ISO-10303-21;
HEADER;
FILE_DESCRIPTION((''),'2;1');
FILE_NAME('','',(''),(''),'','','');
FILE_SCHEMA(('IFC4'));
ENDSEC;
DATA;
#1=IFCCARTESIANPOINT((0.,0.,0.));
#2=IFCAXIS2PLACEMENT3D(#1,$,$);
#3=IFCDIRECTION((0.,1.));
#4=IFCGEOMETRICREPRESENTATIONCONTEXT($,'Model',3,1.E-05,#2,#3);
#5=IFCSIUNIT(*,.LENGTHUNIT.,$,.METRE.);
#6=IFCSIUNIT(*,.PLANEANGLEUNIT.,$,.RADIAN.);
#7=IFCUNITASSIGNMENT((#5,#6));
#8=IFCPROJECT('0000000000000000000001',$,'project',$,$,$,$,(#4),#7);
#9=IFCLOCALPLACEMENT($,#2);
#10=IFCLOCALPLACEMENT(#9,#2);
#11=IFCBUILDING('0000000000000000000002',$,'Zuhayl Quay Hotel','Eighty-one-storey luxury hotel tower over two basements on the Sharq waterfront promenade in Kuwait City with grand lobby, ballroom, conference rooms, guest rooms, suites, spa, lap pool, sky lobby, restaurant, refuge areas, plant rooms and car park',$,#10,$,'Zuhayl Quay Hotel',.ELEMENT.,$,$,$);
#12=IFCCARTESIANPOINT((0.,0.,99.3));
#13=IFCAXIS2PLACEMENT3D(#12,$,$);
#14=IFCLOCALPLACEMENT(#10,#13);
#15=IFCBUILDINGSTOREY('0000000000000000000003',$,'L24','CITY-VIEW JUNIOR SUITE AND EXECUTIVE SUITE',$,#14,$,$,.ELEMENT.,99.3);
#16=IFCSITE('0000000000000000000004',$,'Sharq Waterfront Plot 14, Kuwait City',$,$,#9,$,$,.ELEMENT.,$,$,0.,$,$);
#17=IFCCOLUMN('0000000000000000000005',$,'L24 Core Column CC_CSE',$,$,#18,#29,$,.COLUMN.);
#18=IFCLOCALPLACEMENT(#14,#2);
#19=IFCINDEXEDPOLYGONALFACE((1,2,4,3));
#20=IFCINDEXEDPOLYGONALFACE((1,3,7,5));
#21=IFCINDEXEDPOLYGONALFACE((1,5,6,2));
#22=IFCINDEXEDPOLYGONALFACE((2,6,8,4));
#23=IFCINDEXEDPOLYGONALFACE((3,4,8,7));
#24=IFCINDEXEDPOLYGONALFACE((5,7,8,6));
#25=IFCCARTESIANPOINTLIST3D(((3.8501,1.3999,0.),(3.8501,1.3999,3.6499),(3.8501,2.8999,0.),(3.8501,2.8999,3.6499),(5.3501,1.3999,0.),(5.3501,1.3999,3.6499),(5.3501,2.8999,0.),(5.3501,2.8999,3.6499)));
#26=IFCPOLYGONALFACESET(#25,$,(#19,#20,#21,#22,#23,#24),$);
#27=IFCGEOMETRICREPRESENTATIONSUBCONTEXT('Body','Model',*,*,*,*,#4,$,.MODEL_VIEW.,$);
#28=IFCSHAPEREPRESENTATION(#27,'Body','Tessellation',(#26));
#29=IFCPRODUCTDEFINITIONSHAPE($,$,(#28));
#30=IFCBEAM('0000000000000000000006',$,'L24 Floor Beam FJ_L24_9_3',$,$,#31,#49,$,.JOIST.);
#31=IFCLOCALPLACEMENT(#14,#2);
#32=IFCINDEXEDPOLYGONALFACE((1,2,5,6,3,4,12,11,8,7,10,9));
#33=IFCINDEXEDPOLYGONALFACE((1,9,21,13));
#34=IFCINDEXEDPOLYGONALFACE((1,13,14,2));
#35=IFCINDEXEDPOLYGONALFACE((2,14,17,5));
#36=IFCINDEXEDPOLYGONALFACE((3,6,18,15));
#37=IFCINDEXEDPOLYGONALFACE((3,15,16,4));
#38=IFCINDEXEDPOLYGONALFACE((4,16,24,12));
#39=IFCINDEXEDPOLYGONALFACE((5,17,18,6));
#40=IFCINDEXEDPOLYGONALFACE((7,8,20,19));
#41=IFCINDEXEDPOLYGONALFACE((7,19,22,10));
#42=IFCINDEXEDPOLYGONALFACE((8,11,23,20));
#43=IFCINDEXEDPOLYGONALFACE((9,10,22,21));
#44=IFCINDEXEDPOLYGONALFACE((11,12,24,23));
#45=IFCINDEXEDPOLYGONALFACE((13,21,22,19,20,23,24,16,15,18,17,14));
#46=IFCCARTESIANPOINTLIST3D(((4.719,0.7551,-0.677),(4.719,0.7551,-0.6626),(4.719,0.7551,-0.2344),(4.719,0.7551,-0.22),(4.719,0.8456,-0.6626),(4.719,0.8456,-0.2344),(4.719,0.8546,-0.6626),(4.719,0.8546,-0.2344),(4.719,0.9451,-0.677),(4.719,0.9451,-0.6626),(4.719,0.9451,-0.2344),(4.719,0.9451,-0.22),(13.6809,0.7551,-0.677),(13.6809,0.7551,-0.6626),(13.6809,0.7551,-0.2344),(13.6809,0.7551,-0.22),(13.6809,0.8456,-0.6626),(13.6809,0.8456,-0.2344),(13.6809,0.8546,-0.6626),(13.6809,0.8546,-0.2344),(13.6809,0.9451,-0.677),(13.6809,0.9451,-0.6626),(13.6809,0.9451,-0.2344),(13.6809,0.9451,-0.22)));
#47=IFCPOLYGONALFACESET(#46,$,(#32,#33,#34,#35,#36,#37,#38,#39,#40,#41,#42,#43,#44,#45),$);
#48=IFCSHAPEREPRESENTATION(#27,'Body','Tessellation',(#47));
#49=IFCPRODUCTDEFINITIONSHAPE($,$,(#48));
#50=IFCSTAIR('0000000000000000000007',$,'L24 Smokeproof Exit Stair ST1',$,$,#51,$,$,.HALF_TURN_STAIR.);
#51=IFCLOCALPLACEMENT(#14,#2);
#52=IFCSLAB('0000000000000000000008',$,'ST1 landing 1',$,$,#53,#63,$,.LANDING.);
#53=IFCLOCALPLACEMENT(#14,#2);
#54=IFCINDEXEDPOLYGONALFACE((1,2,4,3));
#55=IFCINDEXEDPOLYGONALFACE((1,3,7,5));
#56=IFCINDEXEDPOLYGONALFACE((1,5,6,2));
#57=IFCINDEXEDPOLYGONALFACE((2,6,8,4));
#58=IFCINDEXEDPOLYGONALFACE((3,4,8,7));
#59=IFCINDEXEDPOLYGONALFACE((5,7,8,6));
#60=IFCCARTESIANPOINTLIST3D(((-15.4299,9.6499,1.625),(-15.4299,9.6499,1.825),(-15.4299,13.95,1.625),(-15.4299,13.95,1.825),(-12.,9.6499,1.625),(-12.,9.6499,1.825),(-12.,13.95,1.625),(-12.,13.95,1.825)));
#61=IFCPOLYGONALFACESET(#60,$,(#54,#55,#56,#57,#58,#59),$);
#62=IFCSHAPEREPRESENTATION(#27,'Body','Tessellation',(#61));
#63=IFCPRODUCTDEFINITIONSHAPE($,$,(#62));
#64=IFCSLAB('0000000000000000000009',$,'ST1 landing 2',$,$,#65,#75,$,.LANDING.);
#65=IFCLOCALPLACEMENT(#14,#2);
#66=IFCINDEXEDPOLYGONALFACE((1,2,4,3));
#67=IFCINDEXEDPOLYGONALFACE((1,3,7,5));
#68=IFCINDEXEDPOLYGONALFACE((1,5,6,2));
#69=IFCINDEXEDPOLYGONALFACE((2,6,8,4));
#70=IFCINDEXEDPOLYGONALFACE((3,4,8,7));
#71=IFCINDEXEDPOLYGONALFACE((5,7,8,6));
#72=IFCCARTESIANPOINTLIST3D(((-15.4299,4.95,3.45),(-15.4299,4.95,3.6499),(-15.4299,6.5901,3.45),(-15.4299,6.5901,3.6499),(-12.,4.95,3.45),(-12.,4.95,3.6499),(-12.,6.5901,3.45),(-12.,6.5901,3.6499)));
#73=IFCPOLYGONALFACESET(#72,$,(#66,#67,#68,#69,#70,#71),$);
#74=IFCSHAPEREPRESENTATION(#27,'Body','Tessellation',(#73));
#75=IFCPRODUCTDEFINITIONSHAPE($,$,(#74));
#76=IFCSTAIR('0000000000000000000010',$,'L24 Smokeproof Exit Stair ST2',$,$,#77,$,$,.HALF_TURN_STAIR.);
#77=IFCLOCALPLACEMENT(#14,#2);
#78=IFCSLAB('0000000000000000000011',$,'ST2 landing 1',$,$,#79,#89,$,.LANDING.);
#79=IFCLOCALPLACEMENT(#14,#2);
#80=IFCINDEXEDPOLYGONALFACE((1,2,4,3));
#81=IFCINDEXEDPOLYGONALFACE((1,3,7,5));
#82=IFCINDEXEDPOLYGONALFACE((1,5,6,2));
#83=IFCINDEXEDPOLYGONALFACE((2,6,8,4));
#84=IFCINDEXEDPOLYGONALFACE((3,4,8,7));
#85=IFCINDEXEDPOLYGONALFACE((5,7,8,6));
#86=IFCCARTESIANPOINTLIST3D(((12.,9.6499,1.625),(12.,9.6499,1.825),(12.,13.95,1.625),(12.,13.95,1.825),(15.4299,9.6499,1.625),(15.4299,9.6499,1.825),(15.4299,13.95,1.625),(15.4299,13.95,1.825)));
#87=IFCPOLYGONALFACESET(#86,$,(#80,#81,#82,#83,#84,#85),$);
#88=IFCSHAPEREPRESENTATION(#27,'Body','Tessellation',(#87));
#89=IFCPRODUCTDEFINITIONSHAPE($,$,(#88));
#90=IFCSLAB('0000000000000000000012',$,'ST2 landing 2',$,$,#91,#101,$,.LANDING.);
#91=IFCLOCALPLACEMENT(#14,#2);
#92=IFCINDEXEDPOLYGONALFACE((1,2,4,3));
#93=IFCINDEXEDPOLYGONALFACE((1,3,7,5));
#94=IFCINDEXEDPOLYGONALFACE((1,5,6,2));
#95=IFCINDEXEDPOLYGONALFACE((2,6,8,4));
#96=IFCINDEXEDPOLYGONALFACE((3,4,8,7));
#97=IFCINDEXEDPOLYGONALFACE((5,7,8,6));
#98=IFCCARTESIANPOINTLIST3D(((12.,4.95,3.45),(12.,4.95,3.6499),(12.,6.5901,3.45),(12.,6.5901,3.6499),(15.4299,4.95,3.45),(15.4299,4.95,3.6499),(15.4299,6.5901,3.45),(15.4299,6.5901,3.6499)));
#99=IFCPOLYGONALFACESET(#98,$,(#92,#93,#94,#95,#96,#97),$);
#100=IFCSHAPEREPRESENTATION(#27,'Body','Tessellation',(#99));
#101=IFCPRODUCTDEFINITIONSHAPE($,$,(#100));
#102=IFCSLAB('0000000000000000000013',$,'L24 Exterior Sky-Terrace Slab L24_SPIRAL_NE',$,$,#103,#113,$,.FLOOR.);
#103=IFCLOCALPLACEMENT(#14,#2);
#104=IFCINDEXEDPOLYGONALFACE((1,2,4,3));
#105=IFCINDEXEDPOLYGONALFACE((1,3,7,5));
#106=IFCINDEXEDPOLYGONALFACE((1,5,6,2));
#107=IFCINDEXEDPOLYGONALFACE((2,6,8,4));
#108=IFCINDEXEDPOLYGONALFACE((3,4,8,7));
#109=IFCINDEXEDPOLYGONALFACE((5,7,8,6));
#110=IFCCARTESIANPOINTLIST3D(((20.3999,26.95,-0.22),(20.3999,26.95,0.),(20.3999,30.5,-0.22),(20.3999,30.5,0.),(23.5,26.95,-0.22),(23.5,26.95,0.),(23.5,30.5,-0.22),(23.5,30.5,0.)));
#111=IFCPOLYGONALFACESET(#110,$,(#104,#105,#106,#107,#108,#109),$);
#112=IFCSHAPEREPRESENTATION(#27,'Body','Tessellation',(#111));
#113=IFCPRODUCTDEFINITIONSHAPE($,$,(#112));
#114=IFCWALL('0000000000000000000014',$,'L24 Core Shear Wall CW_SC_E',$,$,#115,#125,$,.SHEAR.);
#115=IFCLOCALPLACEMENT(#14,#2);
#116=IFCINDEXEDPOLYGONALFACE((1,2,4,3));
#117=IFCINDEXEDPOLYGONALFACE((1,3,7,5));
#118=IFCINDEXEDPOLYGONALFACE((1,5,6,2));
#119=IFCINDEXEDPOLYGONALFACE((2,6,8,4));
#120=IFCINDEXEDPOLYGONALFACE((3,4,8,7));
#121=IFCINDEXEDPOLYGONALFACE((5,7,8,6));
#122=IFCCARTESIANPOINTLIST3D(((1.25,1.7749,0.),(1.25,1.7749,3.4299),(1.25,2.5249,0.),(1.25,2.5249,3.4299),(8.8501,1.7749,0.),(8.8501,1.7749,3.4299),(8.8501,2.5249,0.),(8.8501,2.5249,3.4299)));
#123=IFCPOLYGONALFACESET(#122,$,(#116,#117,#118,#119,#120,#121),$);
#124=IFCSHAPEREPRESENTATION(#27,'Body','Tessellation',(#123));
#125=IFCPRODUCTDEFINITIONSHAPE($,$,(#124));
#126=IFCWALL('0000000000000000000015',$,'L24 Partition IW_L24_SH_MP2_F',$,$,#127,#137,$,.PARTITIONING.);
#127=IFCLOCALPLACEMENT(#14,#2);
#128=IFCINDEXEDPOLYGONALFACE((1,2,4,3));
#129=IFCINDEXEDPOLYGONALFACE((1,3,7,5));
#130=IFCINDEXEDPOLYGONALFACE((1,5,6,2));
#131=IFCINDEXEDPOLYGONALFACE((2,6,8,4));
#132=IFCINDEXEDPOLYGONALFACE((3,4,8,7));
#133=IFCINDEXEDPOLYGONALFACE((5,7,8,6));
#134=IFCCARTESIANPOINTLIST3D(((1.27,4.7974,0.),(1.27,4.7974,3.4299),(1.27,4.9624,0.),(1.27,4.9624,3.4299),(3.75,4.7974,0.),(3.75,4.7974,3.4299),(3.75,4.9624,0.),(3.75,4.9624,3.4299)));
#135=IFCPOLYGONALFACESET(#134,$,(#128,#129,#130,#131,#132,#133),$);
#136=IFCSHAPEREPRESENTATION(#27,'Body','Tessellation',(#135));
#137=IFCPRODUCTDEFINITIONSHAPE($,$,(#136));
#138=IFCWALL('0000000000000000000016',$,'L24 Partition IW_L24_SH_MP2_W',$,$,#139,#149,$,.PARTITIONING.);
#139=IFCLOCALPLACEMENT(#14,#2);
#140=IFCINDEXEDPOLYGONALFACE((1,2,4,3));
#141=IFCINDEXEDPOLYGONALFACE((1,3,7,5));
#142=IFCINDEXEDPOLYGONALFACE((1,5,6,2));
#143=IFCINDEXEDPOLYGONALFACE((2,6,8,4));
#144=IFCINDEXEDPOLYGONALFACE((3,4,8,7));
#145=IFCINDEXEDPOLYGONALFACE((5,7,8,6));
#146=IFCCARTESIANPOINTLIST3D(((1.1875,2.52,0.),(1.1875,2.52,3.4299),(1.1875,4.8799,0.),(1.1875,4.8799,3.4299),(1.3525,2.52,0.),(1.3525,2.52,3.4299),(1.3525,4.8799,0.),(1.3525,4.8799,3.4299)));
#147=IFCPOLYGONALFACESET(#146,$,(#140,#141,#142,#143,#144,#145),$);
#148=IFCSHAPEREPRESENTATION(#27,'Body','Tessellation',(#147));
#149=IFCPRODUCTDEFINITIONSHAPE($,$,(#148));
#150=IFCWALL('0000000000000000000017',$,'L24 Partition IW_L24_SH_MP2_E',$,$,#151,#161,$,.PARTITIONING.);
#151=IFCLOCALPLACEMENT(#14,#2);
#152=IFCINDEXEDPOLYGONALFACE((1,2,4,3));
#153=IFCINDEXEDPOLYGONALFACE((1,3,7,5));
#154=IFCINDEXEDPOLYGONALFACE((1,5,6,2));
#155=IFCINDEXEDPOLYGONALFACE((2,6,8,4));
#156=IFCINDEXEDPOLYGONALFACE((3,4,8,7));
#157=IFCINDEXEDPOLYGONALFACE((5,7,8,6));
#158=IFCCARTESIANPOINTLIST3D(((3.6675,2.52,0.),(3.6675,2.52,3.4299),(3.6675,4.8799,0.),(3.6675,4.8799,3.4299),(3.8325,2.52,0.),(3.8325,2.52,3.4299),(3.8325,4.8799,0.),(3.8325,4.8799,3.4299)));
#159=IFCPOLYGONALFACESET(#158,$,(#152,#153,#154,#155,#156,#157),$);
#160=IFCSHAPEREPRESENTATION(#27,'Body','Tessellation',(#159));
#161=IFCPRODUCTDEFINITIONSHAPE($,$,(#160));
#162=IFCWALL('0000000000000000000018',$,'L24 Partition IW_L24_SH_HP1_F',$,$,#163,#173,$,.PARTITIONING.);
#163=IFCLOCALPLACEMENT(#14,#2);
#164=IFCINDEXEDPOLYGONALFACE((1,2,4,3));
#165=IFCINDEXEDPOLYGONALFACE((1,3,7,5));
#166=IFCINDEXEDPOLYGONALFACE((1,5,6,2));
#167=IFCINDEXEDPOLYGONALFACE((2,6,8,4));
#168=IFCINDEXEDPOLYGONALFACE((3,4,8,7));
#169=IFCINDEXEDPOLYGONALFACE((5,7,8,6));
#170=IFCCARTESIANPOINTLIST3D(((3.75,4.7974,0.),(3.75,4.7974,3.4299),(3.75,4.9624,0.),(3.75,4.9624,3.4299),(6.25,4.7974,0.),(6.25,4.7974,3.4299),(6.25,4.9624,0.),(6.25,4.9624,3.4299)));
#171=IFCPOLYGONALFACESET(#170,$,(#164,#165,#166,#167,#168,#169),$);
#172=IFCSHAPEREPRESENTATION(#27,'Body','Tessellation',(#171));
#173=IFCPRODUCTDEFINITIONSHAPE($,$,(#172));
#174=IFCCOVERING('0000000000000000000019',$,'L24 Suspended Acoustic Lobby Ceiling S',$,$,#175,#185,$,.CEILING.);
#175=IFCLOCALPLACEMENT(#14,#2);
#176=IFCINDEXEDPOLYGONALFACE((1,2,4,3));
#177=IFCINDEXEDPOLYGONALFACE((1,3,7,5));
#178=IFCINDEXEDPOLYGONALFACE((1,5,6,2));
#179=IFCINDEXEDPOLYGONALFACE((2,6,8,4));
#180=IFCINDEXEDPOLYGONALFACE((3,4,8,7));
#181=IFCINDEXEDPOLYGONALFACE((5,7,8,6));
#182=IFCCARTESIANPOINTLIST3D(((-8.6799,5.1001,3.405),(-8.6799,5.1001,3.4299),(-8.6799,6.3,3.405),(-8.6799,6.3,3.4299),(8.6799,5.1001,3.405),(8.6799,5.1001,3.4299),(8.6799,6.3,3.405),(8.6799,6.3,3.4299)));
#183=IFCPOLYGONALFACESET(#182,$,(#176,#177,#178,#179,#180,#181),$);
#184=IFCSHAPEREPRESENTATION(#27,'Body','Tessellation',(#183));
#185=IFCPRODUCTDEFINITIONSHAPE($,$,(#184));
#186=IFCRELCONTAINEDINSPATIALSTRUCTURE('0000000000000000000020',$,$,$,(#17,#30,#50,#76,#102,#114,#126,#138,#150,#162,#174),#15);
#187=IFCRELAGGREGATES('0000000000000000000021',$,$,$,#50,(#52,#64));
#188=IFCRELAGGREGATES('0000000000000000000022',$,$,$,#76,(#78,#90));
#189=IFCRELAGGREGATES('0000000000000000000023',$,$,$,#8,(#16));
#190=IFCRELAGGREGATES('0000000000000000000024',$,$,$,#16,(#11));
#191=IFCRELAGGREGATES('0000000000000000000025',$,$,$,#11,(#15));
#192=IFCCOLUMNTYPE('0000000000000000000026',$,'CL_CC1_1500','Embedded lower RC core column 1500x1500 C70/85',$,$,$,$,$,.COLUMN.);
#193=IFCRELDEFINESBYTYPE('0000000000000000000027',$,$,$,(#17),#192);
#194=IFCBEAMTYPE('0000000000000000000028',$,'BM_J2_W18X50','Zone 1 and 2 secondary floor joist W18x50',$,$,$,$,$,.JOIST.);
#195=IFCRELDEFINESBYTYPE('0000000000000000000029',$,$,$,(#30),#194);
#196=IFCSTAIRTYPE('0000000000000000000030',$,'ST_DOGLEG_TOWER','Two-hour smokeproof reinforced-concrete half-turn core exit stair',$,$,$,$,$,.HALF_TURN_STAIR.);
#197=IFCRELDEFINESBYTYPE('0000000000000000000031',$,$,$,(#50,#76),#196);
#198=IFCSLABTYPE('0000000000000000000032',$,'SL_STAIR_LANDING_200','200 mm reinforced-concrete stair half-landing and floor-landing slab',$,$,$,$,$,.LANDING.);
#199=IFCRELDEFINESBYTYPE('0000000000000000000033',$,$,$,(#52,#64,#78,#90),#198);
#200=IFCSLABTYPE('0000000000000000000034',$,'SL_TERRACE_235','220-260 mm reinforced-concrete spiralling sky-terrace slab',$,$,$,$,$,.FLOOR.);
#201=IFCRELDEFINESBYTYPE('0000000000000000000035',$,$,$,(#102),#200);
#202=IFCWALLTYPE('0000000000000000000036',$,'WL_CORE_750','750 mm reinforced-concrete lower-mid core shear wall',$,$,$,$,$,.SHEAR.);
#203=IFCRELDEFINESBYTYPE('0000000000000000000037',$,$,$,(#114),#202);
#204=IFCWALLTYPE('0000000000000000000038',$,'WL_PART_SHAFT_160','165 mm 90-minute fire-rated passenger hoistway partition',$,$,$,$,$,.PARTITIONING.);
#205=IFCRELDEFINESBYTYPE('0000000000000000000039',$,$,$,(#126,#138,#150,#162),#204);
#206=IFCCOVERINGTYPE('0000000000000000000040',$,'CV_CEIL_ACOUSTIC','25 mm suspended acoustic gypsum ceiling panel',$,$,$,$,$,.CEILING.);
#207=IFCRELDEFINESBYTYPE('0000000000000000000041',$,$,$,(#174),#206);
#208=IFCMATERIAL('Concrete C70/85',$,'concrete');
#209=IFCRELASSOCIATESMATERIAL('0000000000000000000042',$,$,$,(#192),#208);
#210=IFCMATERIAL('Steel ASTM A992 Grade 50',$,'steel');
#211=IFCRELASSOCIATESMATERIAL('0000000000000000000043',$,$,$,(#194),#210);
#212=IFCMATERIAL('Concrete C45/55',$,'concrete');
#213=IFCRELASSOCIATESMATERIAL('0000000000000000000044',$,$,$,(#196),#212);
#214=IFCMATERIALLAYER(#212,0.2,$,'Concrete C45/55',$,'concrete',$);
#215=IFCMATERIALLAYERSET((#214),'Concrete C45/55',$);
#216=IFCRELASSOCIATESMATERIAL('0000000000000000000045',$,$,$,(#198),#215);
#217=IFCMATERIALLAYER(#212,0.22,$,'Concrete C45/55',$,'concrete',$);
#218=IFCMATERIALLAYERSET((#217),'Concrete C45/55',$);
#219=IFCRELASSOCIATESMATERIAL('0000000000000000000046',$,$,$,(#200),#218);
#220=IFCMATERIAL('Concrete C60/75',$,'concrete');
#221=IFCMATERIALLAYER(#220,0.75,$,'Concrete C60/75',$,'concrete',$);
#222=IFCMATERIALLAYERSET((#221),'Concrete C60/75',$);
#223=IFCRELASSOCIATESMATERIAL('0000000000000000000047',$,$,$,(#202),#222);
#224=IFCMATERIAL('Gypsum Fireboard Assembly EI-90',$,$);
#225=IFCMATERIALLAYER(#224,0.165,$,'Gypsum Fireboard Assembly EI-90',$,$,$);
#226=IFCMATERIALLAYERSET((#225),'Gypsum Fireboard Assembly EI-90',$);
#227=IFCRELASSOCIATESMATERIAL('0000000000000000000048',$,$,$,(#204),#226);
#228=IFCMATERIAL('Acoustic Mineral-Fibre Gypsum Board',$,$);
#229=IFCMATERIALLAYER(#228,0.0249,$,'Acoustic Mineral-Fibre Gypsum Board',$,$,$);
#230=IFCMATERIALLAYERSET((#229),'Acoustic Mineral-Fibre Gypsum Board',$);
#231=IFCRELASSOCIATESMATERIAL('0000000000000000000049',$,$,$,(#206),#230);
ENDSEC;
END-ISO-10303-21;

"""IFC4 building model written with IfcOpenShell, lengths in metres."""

from ifc_helpers import new_model, si_unit, direction, frame, frame_2d, origin, origin_2d, place, context, subcontext, project, spatial, polyline, rectangle, i_section, outline, extrude, material, layer, layer_set, material_profile, profile_set, type_object, element, aggregate, save


model = new_model("IFC4")

# Units and contexts
model_context = context("Model", 3, precision=1e-05, world=origin(), true_north=direction((0.0, 1.0)))
body_context = subcontext(model_context, "Body", "Model", "MODEL_VIEW")
ifc_project = project(units=[si_unit("LENGTHUNIT", "METRE"), si_unit("PLANEANGLEUNIT", "RADIAN")], contexts=[model_context])

# Site, building, storey
site_placement = place(None, origin())
site = spatial("IfcSite", under=ifc_project, at=site_placement, Name="Sharq Waterfront Plot 14, Kuwait City", CompositionType="ELEMENT", RefElevation=0.0)
building_placement = place(site_placement, origin())
building = spatial("IfcBuilding", under=site, at=building_placement, Name="Zuhayl Quay Hotel", Description="Eighty-one-storey luxury hotel tower over two basements on the Sharq waterfront promenade in Kuwait City with grand lobby, ballroom, conference rooms, guest rooms, suites, spa, lap pool, sky lobby, restaurant, refuge areas, plant rooms and car park", LongName="Zuhayl Quay Hotel", CompositionType="ELEMENT")
storey_placement = place(building_placement, frame((0.0, 0.0, 99.3)))
storey = spatial("IfcBuildingStorey", under=building, at=storey_placement, Name="L24", Description="CITY-VIEW JUNIOR SUITE AND EXECUTIVE SUITE", CompositionType="ELEMENT", Elevation=99.3)

# Column
ifc_material_1 = material(Name="Concrete C70/85", Category="concrete")
ifc_material_profile_1 = material_profile(ifc_material_1, rectangle(XDim=1.5, YDim=1.5, at=origin_2d()), Name="RC1500X1500")
ifc_profile_set_1 = profile_set([ifc_material_profile_1], Name="Concrete C70/85")
column_type = type_object("IfcColumnType", Name="CL_CC1_1500", Description="Embedded lower RC core column 1500x1500 C70/85", PredefinedType="COLUMN", material=ifc_profile_set_1)
column_placement = place(storey_placement, frame((4.6001, 2.1499, 0.0), z_axis=(0.0, 0.0, 1.0), x_axis=(1.0, 0.0, 0.0)))
element("IfcColumn", 1, at=column_placement, inside=storey, type_object=column_type, Name="L24 Core Column CC_CSE", PredefinedType="COLUMN", context=body_context, shape_type="SweptSolid", body=[
    extrude(rectangle(XDim=1.5, YDim=1.5, at=origin_2d()), origin(), (0.0, 0.0, 1.0), 3.6499),
])

# Beam
ifc_material_2 = material(Name="Steel ASTM A992 Grade 50", Category="steel")
ifc_material_profile_2 = material_profile(ifc_material_2, i_section(OverallWidth=0.1899, OverallDepth=0.457, WebThickness=0.009, FlangeThickness=0.0144, at=origin_2d()), Name="W18X50")
ifc_profile_set_2 = profile_set([ifc_material_profile_2], Name="Steel ASTM A992 Grade 50")
beam_type = type_object("IfcBeamType", Name="BM_J2_W18X50", Description="Zone 1 and 2 secondary floor joist W18x50", PredefinedType="JOIST", material=ifc_profile_set_2)
beam_placement = place(storey_placement, frame((4.719, 0.8501, -0.4485), z_axis=(1.0, 0.0, 0.0), x_axis=(0.0, 1.0, 0.0)))
element("IfcBeam", 2, at=beam_placement, inside=storey, type_object=beam_type, Name="L24 Floor Beam FJ_L24_9_3", PredefinedType="JOIST", context=body_context, shape_type="SweptSolid", body=[
    extrude(i_section(OverallWidth=0.1899, OverallDepth=0.457, WebThickness=0.009, FlangeThickness=0.0144, at=origin_2d()), origin(), (0.0, 0.0, 1.0), 8.9619),
])

# Stairs, slabs
ifc_material_3 = material(Name="Concrete C45/55", Category="concrete")
stair_type = type_object("IfcStairType", Name="ST_DOGLEG_TOWER", Description="Two-hour smokeproof reinforced-concrete half-turn core exit stair", PredefinedType="HALF_TURN_STAIR", material=ifc_material_3)
stair_1_placement = place(storey_placement, origin())
stair_1 = element("IfcStair", 3, at=stair_1_placement, inside=storey, type_object=stair_type, Name="L24 Smokeproof Exit Stair ST1", PredefinedType="HALF_TURN_STAIR")
ifc_layer_1 = layer(ifc_material_3, 0.2, Name="Concrete C45/55", Category="concrete")
ifc_layer_set_1 = layer_set([ifc_layer_1], Name="Concrete C45/55")
slab_type_1 = type_object("IfcSlabType", Name="SL_STAIR_LANDING_200", Description="200 mm reinforced-concrete stair half-landing and floor-landing slab", PredefinedType="LANDING", material=ifc_layer_set_1)
slab_1_placement = place(storey_placement, frame((0.0, 0.0, 1.625)))
slab_1 = element("IfcSlab", 4, at=slab_1_placement, type_object=slab_type_1, Name="ST1 landing 1", PredefinedType="LANDING", context=body_context, shape_type="SweptSolid", body=[
    extrude(outline(polyline([(-12.0, 9.6499), (-12.0, 13.95), (-15.4299, 13.95), (-15.4299, 9.6499), (-12.0, 9.6499)])), origin(), (0.0, 0.0, 1.0), 0.2),
])
slab_2_placement = place(storey_placement, frame((0.0, 0.0, 3.45)))
slab_2 = element("IfcSlab", 5, at=slab_2_placement, type_object=slab_type_1, Name="ST1 landing 2", PredefinedType="LANDING", context=body_context, shape_type="SweptSolid", body=[
    extrude(outline(polyline([(-12.0, 4.95), (-12.0, 6.5901), (-15.4299, 6.5901), (-15.4299, 4.95), (-12.0, 4.95)])), origin(), (0.0, 0.0, 1.0), 0.2),
])
aggregate(stair_1, [slab_1, slab_2])
stair_2_placement = place(storey_placement, origin())
stair_2 = element("IfcStair", 6, at=stair_2_placement, inside=storey, type_object=stair_type, Name="L24 Smokeproof Exit Stair ST2", PredefinedType="HALF_TURN_STAIR")
slab_3_placement = place(storey_placement, frame((0.0, 0.0, 1.625)))
slab_3 = element("IfcSlab", 7, at=slab_3_placement, type_object=slab_type_1, Name="ST2 landing 1", PredefinedType="LANDING", context=body_context, shape_type="SweptSolid", body=[
    extrude(outline(polyline([(15.4299, 9.6499), (15.4299, 13.95), (12.0, 13.95), (12.0, 9.6499), (15.4299, 9.6499)])), origin(), (0.0, 0.0, 1.0), 0.2),
])
slab_4_placement = place(storey_placement, frame((0.0, 0.0, 3.45)))
slab_4 = element("IfcSlab", 8, at=slab_4_placement, type_object=slab_type_1, Name="ST2 landing 2", PredefinedType="LANDING", context=body_context, shape_type="SweptSolid", body=[
    extrude(outline(polyline([(15.4299, 4.95), (15.4299, 6.5901), (12.0, 6.5901), (12.0, 4.95), (15.4299, 4.95)])), origin(), (0.0, 0.0, 1.0), 0.2),
])
aggregate(stair_2, [slab_3, slab_4])

# Slab
ifc_layer_2 = layer(ifc_material_3, 0.22, Name="Concrete C45/55", Category="concrete")
ifc_layer_set_2 = layer_set([ifc_layer_2], Name="Concrete C45/55")
slab_type_2 = type_object("IfcSlabType", Name="SL_TERRACE_235", Description="220-260 mm reinforced-concrete spiralling sky-terrace slab", PredefinedType="FLOOR", material=ifc_layer_set_2)
slab_5_placement = place(storey_placement, frame((0.0, 0.0, -0.22)))
element("IfcSlab", 9, at=slab_5_placement, inside=storey, type_object=slab_type_2, Name="L24 Exterior Sky-Terrace Slab L24_SPIRAL_NE", PredefinedType="FLOOR", context=body_context, shape_type="SweptSolid", body=[
    extrude(outline(polyline([(20.3999, 26.95), (23.5, 26.95), (23.5, 30.5), (20.3999, 30.5), (20.3999, 26.95)])), origin(), (0.0, 0.0, 1.0), 0.22),
])

# Walls
ifc_material_4 = material(Name="Concrete C60/75", Category="concrete")
ifc_layer_3 = layer(ifc_material_4, 0.75, Name="Concrete C60/75", Category="concrete")
ifc_layer_set_3 = layer_set([ifc_layer_3], Name="Concrete C60/75")
wall_type_1 = type_object("IfcWallType", Name="WL_CORE_750", Description="750 mm reinforced-concrete lower-mid core shear wall", PredefinedType="SHEAR", material=ifc_layer_set_3)
wall_1_placement = place(storey_placement, frame((1.25, 2.1499, 0.0), z_axis=(0.0, 0.0, 1.0), x_axis=(1.0, 0.0, 0.0)))
element("IfcWall", 10, at=wall_1_placement, inside=storey, type_object=wall_type_1, Name="L24 Core Shear Wall CW_SC_E", PredefinedType="SHEAR", context=body_context, shape_type="SweptSolid", body=[
    extrude(rectangle(XDim=7.6001, YDim=0.75, at=frame_2d((3.8, 0.0))), origin(), (0.0, 0.0, 1.0), 3.4299),
])
ifc_material_5 = material(Name="Gypsum Fireboard Assembly EI-90")
ifc_layer_4 = layer(ifc_material_5, 0.165, Name="Gypsum Fireboard Assembly EI-90")
ifc_layer_set_4 = layer_set([ifc_layer_4], Name="Gypsum Fireboard Assembly EI-90")
wall_type_2 = type_object("IfcWallType", Name="WL_PART_SHAFT_160", Description="165 mm 90-minute fire-rated passenger hoistway partition", PredefinedType="PARTITIONING", material=ifc_layer_set_4)
wall_2_placement = place(storey_placement, frame((1.27, 4.8799, 0.0), z_axis=(0.0, 0.0, 1.0), x_axis=(1.0, 0.0, 0.0)))
element("IfcWall", 11, at=wall_2_placement, inside=storey, type_object=wall_type_2, Name="L24 Partition IW_L24_SH_MP2_F", PredefinedType="PARTITIONING", context=body_context, shape_type="SweptSolid", body=[
    extrude(rectangle(XDim=2.48, YDim=0.165, at=frame_2d((1.24, 0.0))), origin(), (0.0, 0.0, 1.0), 3.4299),
])
for number, where, z_axis, x_axis, name in (
    (12, (1.27, 2.52, 0.0), (0.0, 0.0, 1.0), (0.0, 1.0, 0.0), "L24 Partition IW_L24_SH_MP2_W"),
    (13, (3.75, 2.52, 0.0), (0.0, 0.0, 1.0), (0.0, 1.0, 0.0), "L24 Partition IW_L24_SH_MP2_E"),
):
    element("IfcWall", number, at=place(storey_placement, frame(where, z_axis=z_axis, x_axis=x_axis)), inside=storey, type_object=wall_type_2, Name=name, PredefinedType="PARTITIONING", context=body_context, shape_type="SweptSolid", body=[
        extrude(rectangle(XDim=2.3599, YDim=0.165, at=frame_2d((1.1799, 0.0))), origin(), (0.0, 0.0, 1.0), 3.4299),
    ])
wall_3_placement = place(storey_placement, frame((3.75, 4.8799, 0.0), z_axis=(0.0, 0.0, 1.0), x_axis=(1.0, 0.0, 0.0)))
element("IfcWall", 14, at=wall_3_placement, inside=storey, type_object=wall_type_2, Name="L24 Partition IW_L24_SH_HP1_F", PredefinedType="PARTITIONING", context=body_context, shape_type="SweptSolid", body=[
    extrude(rectangle(XDim=2.5, YDim=0.165, at=frame_2d((1.25, 0.0))), origin(), (0.0, 0.0, 1.0), 3.4299),
])

# Covering
ifc_material_6 = material(Name="Acoustic Mineral-Fibre Gypsum Board")
ifc_layer_5 = layer(ifc_material_6, 0.0249, Name="Acoustic Mineral-Fibre Gypsum Board")
ifc_layer_set_5 = layer_set([ifc_layer_5], Name="Acoustic Mineral-Fibre Gypsum Board")
covering_type_1 = type_object("IfcCoveringType", Name="CV_CEIL_ACOUSTIC", Description="25 mm suspended acoustic gypsum ceiling panel", PredefinedType="CEILING", material=ifc_layer_set_5)
covering_1_placement = place(storey_placement, frame((0.0, 0.0, 3.405)))
element("IfcCovering", 15, at=covering_1_placement, inside=storey, type_object=covering_type_1, Name="L24 Suspended Acoustic Lobby Ceiling S", PredefinedType="CEILING", context=body_context, shape_type="SweptSolid", body=[
    extrude(outline(polyline([(-8.6799, 5.1001), (8.6799, 5.1001), (8.6799, 6.3), (-8.6799, 6.3), (-8.6799, 5.1001)])), origin(), (0.0, 0.0, 1.0), 0.0249),
])

save(model, "model.ifc")
